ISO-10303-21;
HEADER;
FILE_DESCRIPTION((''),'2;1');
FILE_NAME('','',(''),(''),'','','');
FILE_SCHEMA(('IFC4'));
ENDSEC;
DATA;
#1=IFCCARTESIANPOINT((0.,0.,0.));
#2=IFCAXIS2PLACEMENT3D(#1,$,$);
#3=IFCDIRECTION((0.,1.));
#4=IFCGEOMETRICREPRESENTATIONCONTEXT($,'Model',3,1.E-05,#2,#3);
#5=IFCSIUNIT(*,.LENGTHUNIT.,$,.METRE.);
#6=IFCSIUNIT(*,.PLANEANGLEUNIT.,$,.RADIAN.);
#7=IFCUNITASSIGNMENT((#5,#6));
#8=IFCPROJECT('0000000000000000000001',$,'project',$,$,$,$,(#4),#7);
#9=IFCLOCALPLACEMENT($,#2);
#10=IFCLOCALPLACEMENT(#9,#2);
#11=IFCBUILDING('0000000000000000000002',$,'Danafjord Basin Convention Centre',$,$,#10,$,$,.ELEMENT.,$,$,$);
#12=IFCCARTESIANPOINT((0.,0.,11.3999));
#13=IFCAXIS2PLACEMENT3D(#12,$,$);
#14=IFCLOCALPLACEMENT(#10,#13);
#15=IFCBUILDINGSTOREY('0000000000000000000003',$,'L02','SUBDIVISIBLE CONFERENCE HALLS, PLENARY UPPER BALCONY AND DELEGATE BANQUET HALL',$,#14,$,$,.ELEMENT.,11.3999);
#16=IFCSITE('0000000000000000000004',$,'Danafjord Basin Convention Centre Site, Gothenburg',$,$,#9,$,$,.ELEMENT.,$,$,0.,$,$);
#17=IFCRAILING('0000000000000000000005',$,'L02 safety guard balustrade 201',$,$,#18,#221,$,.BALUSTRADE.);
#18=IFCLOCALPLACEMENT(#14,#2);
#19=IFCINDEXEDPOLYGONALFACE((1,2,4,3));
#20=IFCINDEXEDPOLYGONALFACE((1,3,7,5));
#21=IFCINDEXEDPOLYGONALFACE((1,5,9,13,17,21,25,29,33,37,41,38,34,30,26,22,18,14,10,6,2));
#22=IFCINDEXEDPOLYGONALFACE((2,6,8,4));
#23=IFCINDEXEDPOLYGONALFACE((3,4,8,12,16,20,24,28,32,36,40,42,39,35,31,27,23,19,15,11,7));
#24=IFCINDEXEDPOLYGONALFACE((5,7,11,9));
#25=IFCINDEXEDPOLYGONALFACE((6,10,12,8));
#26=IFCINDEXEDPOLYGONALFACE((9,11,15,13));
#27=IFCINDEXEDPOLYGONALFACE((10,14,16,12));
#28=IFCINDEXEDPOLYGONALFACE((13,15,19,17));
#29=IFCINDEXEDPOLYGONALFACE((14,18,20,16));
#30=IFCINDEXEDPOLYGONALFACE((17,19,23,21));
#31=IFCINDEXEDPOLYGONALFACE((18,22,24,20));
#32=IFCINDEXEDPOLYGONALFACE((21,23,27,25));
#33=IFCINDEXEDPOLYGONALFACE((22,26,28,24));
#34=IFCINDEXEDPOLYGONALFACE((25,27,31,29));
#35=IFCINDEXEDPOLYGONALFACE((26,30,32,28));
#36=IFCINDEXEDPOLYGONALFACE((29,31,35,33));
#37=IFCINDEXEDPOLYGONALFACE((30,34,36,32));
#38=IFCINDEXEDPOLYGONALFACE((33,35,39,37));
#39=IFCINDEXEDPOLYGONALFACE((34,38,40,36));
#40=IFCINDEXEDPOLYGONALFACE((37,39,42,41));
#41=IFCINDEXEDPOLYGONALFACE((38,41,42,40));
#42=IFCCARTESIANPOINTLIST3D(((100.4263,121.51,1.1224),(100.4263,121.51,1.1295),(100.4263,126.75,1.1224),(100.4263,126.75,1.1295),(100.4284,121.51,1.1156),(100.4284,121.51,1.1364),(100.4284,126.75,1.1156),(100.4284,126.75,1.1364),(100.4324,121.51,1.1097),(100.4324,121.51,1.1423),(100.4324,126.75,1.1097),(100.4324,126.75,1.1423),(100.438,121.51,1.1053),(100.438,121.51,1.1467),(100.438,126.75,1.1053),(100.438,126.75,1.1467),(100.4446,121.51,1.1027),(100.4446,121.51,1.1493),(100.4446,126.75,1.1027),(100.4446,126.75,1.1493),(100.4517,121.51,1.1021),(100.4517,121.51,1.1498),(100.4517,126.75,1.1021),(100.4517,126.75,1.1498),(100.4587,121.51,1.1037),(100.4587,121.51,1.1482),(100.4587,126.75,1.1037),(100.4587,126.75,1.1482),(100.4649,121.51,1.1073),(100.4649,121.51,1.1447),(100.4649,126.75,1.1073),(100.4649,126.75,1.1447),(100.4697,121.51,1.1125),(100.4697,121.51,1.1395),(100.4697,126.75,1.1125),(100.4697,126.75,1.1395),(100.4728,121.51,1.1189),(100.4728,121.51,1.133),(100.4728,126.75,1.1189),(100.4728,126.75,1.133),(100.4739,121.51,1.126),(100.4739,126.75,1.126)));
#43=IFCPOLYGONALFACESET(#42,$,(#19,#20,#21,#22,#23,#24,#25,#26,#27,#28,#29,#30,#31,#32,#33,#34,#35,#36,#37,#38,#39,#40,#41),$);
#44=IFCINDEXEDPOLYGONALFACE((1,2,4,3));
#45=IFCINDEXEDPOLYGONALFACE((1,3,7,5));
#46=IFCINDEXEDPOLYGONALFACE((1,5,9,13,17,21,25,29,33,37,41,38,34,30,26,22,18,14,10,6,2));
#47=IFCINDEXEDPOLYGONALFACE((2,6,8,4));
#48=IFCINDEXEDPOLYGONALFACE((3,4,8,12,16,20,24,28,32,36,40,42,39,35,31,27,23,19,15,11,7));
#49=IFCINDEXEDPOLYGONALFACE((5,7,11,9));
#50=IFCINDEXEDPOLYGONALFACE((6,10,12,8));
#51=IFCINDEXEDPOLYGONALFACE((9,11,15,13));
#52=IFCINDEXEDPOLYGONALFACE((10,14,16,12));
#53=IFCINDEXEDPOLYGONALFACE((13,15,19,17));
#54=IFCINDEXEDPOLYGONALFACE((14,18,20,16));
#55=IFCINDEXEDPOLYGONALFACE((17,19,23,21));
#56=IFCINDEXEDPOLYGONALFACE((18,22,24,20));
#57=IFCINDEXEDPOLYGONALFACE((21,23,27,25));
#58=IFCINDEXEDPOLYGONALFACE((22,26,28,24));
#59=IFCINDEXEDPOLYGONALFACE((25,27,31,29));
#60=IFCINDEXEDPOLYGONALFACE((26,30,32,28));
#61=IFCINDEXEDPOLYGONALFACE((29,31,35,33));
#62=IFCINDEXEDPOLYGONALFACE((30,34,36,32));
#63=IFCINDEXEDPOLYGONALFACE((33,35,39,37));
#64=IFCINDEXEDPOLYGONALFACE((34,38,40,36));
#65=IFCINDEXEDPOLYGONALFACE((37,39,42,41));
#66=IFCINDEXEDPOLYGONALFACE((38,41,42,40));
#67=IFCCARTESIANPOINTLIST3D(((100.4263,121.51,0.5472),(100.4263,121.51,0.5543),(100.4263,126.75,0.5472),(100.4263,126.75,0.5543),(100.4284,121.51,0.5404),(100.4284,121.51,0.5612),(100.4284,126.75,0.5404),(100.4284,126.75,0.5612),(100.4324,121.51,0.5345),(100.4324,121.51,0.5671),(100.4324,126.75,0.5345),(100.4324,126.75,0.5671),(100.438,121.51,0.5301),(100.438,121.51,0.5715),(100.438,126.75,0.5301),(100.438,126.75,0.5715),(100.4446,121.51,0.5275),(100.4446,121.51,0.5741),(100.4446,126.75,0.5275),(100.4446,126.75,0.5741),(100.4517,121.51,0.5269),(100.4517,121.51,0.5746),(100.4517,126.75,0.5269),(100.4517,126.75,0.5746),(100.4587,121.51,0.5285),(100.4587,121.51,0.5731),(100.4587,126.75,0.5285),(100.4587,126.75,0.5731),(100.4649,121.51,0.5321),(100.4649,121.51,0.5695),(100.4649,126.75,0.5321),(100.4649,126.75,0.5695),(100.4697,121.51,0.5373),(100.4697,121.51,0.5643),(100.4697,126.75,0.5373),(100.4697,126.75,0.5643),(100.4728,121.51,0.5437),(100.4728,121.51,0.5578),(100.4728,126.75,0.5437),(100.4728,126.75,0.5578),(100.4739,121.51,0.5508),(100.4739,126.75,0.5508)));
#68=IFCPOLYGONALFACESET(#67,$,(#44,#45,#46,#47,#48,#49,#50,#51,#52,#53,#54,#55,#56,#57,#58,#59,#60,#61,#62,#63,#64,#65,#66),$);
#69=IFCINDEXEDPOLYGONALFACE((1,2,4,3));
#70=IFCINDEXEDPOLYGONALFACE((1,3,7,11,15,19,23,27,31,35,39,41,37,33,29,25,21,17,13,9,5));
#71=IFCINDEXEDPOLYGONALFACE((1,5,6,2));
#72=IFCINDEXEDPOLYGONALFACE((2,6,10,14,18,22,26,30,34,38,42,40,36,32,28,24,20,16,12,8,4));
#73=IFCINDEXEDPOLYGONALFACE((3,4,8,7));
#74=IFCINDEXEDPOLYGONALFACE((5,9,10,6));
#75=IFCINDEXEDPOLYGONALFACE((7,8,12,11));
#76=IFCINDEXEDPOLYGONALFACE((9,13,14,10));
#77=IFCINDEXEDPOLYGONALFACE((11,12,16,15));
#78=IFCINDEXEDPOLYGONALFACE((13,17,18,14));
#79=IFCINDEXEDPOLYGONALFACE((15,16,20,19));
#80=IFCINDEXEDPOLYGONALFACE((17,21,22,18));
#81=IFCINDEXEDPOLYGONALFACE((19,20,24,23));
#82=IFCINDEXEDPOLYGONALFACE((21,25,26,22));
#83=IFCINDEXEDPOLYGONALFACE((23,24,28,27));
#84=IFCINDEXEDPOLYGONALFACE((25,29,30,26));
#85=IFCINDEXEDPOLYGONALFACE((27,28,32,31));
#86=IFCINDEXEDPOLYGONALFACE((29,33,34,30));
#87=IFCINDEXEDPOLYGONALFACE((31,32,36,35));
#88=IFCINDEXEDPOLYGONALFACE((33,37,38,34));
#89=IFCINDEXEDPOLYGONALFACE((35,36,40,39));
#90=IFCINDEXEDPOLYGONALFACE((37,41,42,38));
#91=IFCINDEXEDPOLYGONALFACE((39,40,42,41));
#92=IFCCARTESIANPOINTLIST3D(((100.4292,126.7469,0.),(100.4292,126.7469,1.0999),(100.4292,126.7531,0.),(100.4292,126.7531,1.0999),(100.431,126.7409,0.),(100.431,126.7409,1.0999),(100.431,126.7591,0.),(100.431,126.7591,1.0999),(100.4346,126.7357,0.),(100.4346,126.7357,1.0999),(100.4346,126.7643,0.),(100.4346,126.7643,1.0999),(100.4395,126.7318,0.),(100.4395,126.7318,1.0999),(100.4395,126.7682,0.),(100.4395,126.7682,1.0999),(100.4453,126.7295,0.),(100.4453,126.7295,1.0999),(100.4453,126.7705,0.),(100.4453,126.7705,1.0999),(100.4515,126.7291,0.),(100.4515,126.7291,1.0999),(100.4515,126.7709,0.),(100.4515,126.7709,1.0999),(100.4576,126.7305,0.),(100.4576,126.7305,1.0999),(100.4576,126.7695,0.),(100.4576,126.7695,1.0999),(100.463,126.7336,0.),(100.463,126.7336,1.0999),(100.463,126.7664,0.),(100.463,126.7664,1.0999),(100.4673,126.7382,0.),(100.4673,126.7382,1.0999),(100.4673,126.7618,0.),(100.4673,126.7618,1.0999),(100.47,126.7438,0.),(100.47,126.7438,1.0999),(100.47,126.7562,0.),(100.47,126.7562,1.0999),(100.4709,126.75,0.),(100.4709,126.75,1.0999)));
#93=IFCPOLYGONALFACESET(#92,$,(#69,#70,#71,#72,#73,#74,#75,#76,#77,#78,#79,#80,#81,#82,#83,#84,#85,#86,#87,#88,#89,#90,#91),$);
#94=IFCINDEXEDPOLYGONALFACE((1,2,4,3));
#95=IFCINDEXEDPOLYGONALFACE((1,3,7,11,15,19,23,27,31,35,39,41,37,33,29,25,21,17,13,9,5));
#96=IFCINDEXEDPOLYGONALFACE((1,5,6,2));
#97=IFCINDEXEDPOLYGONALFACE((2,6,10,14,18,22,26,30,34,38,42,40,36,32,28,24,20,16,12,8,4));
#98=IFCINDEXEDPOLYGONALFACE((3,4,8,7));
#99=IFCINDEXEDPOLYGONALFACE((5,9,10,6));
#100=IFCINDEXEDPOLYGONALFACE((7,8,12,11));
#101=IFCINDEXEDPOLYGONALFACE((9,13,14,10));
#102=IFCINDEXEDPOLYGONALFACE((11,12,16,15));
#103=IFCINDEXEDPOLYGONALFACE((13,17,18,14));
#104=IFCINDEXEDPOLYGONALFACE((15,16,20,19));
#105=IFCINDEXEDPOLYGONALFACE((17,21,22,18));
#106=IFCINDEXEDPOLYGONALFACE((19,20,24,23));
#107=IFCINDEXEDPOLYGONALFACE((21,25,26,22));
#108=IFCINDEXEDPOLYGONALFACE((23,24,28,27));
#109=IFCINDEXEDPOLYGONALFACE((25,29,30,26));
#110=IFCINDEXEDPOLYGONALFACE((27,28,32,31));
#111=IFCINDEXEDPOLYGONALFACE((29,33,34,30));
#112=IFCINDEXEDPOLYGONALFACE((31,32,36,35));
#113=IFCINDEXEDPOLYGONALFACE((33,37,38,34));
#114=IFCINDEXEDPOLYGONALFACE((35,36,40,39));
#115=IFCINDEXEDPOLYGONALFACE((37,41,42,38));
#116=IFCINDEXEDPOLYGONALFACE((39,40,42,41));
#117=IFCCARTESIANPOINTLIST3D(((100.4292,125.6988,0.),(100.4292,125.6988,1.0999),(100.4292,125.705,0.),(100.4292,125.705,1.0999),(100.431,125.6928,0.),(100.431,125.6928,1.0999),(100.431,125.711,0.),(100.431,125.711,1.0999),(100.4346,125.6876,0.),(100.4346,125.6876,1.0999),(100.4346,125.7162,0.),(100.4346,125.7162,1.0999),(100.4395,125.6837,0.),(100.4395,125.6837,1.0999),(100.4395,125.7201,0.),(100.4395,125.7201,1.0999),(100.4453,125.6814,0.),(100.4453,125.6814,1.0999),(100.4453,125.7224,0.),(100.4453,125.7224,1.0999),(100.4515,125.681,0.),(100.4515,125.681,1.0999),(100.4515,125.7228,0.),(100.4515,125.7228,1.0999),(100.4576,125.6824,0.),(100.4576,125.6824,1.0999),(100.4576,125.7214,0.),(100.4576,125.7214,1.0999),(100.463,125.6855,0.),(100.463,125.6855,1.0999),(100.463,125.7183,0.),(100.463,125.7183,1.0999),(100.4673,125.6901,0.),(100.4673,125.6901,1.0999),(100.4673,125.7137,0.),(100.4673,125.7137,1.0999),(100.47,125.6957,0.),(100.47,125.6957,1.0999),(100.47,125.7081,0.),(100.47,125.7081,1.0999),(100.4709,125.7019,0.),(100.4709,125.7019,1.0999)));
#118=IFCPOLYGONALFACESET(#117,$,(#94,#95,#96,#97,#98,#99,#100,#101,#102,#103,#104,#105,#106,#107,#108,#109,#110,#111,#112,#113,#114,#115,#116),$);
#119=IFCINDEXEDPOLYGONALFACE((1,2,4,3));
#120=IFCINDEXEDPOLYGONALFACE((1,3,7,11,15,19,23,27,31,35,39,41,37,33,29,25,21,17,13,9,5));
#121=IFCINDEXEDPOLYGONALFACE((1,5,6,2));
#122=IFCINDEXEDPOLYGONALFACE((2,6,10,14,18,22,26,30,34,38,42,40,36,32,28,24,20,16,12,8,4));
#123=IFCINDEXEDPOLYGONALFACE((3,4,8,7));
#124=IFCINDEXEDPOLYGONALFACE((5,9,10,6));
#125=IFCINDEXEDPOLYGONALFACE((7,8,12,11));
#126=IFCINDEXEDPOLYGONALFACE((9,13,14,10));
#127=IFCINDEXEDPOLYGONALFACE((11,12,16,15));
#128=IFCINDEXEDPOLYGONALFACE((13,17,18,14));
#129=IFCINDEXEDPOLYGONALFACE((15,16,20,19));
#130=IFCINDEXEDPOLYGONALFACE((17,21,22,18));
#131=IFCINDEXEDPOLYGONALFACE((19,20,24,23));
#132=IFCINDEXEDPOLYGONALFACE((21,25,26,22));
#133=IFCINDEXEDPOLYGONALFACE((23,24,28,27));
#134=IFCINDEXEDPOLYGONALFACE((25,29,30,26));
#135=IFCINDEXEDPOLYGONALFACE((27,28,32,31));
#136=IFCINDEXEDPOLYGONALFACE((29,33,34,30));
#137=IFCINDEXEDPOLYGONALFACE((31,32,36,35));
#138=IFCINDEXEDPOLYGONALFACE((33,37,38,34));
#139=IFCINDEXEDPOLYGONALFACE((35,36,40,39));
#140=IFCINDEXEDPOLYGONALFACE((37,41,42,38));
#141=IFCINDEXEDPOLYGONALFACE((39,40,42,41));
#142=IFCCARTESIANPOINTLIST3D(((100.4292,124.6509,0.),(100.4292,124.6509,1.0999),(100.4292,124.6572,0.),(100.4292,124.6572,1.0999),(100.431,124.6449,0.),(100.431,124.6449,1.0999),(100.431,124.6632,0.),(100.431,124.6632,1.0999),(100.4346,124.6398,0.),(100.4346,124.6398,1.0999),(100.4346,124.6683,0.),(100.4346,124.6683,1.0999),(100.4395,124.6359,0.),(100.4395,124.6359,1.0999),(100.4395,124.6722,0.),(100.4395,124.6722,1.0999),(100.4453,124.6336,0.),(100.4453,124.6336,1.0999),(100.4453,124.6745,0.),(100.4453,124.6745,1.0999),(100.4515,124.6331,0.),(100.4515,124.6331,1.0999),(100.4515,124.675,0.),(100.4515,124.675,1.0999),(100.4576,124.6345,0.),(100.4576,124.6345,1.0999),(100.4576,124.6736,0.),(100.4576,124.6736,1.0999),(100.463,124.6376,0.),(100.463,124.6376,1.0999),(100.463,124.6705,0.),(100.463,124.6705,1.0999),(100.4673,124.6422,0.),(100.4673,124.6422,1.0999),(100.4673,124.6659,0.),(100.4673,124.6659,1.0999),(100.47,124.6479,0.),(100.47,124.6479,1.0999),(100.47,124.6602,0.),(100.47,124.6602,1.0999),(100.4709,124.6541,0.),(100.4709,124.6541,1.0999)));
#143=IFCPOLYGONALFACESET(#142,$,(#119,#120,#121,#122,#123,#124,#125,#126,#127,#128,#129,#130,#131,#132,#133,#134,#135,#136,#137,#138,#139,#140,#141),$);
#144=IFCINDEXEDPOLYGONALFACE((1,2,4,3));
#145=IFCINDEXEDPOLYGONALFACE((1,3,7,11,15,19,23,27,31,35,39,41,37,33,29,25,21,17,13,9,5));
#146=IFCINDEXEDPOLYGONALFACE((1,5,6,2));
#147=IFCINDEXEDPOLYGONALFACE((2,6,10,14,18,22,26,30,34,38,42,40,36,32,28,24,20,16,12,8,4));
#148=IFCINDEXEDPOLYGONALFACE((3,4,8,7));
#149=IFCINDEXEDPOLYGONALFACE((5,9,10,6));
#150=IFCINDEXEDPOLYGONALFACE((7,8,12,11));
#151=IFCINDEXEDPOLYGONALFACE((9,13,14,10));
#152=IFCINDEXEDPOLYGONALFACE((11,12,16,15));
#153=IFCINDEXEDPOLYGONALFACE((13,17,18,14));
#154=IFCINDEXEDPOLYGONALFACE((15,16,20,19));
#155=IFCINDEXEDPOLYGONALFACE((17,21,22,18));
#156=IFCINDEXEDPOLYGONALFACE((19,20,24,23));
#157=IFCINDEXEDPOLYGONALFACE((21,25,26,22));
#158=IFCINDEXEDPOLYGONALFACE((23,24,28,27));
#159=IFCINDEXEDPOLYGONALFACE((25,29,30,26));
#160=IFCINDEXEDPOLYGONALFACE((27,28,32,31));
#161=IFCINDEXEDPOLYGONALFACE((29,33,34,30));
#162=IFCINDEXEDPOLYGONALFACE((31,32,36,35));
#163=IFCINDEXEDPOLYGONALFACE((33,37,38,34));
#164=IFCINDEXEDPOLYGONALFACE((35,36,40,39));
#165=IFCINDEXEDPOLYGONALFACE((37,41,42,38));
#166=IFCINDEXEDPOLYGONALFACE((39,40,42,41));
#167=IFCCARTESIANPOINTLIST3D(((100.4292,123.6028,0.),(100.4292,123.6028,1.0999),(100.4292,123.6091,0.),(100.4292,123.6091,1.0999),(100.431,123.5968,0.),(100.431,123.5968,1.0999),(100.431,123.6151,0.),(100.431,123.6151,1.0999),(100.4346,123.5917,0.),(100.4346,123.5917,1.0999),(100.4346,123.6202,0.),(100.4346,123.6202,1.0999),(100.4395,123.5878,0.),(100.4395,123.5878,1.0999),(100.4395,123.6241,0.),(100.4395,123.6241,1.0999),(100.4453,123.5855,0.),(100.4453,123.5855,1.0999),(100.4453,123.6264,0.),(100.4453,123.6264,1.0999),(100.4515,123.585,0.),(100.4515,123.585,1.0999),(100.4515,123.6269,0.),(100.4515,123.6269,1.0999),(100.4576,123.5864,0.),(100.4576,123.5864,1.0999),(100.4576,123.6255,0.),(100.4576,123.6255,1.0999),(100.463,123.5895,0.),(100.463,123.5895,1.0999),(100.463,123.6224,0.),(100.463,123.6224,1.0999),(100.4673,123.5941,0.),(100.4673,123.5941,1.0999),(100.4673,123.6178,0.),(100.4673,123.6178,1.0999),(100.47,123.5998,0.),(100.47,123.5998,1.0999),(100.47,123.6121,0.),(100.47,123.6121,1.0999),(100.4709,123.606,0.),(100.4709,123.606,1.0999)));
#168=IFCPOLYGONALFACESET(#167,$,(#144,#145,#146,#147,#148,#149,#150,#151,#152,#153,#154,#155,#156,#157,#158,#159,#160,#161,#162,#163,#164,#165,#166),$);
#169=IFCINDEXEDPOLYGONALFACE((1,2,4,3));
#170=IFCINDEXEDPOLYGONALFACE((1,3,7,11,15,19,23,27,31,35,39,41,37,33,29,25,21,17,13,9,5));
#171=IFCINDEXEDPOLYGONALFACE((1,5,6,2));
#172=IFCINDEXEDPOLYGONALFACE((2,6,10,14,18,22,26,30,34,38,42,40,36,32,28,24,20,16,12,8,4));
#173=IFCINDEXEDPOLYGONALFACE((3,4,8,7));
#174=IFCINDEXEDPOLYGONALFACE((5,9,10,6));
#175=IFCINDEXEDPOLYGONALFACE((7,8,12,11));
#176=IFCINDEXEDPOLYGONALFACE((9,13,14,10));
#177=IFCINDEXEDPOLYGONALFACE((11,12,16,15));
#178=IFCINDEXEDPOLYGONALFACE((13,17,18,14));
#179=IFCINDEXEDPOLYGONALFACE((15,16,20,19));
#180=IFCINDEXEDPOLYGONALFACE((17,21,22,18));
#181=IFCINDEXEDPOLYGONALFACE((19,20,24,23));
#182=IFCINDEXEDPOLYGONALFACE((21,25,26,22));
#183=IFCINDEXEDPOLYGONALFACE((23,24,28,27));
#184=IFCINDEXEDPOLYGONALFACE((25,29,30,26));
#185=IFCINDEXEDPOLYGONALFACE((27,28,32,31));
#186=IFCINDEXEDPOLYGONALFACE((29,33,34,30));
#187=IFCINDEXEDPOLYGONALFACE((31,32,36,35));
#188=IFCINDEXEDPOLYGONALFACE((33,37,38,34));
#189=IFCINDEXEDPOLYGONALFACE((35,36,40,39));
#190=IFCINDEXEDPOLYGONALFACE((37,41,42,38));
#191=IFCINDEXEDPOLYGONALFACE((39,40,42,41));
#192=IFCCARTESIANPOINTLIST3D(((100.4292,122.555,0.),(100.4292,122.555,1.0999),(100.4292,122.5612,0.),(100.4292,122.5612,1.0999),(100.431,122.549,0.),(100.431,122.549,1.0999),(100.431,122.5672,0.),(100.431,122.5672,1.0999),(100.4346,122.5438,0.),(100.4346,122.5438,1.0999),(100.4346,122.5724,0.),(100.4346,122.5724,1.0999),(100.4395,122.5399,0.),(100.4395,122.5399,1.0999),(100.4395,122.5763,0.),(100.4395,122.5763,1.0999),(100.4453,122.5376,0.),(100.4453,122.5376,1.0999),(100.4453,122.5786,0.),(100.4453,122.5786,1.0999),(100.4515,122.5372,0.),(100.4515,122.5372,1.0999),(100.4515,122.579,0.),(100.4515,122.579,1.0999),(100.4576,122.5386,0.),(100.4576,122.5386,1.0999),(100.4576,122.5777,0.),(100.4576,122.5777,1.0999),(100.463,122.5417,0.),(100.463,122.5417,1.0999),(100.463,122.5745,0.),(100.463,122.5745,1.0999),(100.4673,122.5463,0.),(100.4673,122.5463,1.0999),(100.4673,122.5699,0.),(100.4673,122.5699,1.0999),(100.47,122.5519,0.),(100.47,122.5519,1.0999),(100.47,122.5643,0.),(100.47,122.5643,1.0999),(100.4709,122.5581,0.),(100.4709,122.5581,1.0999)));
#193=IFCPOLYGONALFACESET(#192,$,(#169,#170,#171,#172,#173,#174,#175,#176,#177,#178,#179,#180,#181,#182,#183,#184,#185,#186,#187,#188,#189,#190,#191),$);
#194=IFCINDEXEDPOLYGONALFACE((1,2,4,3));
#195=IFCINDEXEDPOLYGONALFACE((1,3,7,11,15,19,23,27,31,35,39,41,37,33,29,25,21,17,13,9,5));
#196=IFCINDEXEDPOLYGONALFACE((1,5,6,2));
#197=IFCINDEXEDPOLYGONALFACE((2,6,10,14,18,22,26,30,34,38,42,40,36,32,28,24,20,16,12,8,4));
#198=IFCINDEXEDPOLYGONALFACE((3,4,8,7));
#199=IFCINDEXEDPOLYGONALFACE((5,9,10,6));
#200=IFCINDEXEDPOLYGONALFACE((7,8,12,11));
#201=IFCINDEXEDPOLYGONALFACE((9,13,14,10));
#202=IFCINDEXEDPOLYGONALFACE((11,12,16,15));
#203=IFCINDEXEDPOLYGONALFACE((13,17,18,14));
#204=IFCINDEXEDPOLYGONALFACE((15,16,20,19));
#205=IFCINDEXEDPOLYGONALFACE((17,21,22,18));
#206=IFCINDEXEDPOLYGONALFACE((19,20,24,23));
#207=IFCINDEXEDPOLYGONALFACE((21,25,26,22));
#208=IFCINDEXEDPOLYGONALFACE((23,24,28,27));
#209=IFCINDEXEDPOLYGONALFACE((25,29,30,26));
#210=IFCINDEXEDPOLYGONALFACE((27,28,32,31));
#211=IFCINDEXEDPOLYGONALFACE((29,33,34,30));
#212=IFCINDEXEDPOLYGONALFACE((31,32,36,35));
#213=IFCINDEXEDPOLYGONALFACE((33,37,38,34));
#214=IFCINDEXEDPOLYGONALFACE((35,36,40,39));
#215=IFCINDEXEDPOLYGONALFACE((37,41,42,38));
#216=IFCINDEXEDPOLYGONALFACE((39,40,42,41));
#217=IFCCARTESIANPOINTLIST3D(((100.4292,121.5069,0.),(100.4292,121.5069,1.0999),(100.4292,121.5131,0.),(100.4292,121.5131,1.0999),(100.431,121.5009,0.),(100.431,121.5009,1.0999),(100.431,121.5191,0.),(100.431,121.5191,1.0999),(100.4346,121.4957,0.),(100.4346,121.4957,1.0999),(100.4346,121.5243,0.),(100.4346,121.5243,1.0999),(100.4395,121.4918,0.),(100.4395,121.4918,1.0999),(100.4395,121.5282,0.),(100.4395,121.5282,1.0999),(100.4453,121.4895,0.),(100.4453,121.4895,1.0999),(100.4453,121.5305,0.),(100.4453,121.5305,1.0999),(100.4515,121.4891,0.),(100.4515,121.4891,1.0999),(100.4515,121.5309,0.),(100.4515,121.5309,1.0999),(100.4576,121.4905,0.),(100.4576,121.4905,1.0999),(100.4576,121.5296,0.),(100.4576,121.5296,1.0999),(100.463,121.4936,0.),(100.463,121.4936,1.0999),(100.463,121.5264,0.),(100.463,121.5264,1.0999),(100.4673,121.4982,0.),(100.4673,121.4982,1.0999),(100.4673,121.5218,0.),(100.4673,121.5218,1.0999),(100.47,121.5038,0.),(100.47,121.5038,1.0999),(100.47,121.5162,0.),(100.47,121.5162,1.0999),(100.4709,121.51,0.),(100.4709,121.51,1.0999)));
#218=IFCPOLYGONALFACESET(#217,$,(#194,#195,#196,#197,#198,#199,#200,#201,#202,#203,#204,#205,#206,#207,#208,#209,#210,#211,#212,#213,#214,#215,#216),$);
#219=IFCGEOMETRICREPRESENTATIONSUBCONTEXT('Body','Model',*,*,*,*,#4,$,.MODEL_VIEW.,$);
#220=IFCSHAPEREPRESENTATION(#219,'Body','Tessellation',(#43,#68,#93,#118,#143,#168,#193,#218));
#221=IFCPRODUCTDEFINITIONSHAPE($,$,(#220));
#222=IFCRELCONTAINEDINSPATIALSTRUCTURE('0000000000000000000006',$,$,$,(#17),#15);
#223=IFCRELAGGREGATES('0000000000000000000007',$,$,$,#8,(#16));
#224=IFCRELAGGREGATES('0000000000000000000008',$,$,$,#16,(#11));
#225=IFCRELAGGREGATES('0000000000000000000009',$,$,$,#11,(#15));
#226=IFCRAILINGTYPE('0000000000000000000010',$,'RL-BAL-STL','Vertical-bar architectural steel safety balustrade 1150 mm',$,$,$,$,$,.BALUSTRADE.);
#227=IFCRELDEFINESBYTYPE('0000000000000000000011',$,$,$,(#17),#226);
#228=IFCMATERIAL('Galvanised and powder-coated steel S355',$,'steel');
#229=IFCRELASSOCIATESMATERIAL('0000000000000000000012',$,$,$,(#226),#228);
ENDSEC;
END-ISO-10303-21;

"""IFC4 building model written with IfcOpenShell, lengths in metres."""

from ifc_helpers import new_model, si_unit, direction, frame, origin, origin_2d, place, context, subcontext, project, spatial, circle, extrude, material, type_object, element, save


model = new_model("IFC4")

# Units and contexts
model_context = context("Model", 3, precision=1e-05, world=origin(), true_north=direction((0.0, 1.0)))
body_context = subcontext(model_context, "Body", "Model", "MODEL_VIEW")
ifc_project = project(units=[si_unit("LENGTHUNIT", "METRE"), si_unit("PLANEANGLEUNIT", "RADIAN")], contexts=[model_context])

# Site, building, storey
site_placement = place(None, origin())
site = spatial("IfcSite", under=ifc_project, at=site_placement, Name="Danafjord Basin Convention Centre Site, Gothenburg", CompositionType="ELEMENT", RefElevation=0.0)
building_placement = place(site_placement, origin())
building = spatial("IfcBuilding", under=site, at=building_placement, Name="Danafjord Basin Convention Centre", CompositionType="ELEMENT")
storey_placement = place(building_placement, frame((0.0, 0.0, 11.3999)))
storey = spatial("IfcBuildingStorey", under=building, at=storey_placement, Name="L02", Description="SUBDIVISIBLE CONFERENCE HALLS, PLENARY UPPER BALCONY AND DELEGATE BANQUET HALL", CompositionType="ELEMENT", Elevation=11.3999)

# Railing
ifc_material_1 = material(Name="Galvanised and powder-coated steel S355", Category="steel")
railing_type_1 = type_object("IfcRailingType", Name="RL-BAL-STL", Description="Vertical-bar architectural steel safety balustrade 1150 mm", PredefinedType="BALUSTRADE", material=ifc_material_1)
railing_1_placement = place(storey_placement, frame((100.45, 126.75, 0.0)))
element("IfcRailing", 1, at=railing_1_placement, inside=storey, type_object=railing_type_1, Name="L02 safety guard balustrade 201", PredefinedType="BALUSTRADE", context=body_context, shape_type="SweptSolid", body=[
    extrude(circle(Radius=0.0239, at=origin_2d()), frame((0.0, 0.0, 1.126), z_axis=(0.0, -1.0, 0.0), x_axis=(1.0, 0.0, 0.0)), (0.0, 0.0, 1.0), 5.24),
    extrude(circle(Radius=0.0239, at=origin_2d()), frame((0.0, 0.0, 0.5508), z_axis=(0.0, -1.0, 0.0), x_axis=(1.0, 0.0, 0.0)), (0.0, 0.0, 1.0), 5.24),
    extrude(circle(Radius=0.021, at=origin_2d()), origin(), (0.0, 0.0, 1.0), 1.0999),
    extrude(circle(Radius=0.021, at=origin_2d()), frame((0.0, -1.0481, 0.0)), (0.0, 0.0, 1.0), 1.0999),
    extrude(circle(Radius=0.021, at=origin_2d()), frame((0.0, -2.0959, 0.0)), (0.0, 0.0, 1.0), 1.0999),
    extrude(circle(Radius=0.021, at=origin_2d()), frame((0.0, -3.144, 0.0)), (0.0, 0.0, 1.0), 1.0999),
    extrude(circle(Radius=0.021, at=origin_2d()), frame((0.0, -4.1919, 0.0)), (0.0, 0.0, 1.0), 1.0999),
    extrude(circle(Radius=0.021, at=origin_2d()), frame((0.0, -5.24, 0.0)), (0.0, 0.0, 1.0), 1.0999),
])

save(model, "model.ifc")
